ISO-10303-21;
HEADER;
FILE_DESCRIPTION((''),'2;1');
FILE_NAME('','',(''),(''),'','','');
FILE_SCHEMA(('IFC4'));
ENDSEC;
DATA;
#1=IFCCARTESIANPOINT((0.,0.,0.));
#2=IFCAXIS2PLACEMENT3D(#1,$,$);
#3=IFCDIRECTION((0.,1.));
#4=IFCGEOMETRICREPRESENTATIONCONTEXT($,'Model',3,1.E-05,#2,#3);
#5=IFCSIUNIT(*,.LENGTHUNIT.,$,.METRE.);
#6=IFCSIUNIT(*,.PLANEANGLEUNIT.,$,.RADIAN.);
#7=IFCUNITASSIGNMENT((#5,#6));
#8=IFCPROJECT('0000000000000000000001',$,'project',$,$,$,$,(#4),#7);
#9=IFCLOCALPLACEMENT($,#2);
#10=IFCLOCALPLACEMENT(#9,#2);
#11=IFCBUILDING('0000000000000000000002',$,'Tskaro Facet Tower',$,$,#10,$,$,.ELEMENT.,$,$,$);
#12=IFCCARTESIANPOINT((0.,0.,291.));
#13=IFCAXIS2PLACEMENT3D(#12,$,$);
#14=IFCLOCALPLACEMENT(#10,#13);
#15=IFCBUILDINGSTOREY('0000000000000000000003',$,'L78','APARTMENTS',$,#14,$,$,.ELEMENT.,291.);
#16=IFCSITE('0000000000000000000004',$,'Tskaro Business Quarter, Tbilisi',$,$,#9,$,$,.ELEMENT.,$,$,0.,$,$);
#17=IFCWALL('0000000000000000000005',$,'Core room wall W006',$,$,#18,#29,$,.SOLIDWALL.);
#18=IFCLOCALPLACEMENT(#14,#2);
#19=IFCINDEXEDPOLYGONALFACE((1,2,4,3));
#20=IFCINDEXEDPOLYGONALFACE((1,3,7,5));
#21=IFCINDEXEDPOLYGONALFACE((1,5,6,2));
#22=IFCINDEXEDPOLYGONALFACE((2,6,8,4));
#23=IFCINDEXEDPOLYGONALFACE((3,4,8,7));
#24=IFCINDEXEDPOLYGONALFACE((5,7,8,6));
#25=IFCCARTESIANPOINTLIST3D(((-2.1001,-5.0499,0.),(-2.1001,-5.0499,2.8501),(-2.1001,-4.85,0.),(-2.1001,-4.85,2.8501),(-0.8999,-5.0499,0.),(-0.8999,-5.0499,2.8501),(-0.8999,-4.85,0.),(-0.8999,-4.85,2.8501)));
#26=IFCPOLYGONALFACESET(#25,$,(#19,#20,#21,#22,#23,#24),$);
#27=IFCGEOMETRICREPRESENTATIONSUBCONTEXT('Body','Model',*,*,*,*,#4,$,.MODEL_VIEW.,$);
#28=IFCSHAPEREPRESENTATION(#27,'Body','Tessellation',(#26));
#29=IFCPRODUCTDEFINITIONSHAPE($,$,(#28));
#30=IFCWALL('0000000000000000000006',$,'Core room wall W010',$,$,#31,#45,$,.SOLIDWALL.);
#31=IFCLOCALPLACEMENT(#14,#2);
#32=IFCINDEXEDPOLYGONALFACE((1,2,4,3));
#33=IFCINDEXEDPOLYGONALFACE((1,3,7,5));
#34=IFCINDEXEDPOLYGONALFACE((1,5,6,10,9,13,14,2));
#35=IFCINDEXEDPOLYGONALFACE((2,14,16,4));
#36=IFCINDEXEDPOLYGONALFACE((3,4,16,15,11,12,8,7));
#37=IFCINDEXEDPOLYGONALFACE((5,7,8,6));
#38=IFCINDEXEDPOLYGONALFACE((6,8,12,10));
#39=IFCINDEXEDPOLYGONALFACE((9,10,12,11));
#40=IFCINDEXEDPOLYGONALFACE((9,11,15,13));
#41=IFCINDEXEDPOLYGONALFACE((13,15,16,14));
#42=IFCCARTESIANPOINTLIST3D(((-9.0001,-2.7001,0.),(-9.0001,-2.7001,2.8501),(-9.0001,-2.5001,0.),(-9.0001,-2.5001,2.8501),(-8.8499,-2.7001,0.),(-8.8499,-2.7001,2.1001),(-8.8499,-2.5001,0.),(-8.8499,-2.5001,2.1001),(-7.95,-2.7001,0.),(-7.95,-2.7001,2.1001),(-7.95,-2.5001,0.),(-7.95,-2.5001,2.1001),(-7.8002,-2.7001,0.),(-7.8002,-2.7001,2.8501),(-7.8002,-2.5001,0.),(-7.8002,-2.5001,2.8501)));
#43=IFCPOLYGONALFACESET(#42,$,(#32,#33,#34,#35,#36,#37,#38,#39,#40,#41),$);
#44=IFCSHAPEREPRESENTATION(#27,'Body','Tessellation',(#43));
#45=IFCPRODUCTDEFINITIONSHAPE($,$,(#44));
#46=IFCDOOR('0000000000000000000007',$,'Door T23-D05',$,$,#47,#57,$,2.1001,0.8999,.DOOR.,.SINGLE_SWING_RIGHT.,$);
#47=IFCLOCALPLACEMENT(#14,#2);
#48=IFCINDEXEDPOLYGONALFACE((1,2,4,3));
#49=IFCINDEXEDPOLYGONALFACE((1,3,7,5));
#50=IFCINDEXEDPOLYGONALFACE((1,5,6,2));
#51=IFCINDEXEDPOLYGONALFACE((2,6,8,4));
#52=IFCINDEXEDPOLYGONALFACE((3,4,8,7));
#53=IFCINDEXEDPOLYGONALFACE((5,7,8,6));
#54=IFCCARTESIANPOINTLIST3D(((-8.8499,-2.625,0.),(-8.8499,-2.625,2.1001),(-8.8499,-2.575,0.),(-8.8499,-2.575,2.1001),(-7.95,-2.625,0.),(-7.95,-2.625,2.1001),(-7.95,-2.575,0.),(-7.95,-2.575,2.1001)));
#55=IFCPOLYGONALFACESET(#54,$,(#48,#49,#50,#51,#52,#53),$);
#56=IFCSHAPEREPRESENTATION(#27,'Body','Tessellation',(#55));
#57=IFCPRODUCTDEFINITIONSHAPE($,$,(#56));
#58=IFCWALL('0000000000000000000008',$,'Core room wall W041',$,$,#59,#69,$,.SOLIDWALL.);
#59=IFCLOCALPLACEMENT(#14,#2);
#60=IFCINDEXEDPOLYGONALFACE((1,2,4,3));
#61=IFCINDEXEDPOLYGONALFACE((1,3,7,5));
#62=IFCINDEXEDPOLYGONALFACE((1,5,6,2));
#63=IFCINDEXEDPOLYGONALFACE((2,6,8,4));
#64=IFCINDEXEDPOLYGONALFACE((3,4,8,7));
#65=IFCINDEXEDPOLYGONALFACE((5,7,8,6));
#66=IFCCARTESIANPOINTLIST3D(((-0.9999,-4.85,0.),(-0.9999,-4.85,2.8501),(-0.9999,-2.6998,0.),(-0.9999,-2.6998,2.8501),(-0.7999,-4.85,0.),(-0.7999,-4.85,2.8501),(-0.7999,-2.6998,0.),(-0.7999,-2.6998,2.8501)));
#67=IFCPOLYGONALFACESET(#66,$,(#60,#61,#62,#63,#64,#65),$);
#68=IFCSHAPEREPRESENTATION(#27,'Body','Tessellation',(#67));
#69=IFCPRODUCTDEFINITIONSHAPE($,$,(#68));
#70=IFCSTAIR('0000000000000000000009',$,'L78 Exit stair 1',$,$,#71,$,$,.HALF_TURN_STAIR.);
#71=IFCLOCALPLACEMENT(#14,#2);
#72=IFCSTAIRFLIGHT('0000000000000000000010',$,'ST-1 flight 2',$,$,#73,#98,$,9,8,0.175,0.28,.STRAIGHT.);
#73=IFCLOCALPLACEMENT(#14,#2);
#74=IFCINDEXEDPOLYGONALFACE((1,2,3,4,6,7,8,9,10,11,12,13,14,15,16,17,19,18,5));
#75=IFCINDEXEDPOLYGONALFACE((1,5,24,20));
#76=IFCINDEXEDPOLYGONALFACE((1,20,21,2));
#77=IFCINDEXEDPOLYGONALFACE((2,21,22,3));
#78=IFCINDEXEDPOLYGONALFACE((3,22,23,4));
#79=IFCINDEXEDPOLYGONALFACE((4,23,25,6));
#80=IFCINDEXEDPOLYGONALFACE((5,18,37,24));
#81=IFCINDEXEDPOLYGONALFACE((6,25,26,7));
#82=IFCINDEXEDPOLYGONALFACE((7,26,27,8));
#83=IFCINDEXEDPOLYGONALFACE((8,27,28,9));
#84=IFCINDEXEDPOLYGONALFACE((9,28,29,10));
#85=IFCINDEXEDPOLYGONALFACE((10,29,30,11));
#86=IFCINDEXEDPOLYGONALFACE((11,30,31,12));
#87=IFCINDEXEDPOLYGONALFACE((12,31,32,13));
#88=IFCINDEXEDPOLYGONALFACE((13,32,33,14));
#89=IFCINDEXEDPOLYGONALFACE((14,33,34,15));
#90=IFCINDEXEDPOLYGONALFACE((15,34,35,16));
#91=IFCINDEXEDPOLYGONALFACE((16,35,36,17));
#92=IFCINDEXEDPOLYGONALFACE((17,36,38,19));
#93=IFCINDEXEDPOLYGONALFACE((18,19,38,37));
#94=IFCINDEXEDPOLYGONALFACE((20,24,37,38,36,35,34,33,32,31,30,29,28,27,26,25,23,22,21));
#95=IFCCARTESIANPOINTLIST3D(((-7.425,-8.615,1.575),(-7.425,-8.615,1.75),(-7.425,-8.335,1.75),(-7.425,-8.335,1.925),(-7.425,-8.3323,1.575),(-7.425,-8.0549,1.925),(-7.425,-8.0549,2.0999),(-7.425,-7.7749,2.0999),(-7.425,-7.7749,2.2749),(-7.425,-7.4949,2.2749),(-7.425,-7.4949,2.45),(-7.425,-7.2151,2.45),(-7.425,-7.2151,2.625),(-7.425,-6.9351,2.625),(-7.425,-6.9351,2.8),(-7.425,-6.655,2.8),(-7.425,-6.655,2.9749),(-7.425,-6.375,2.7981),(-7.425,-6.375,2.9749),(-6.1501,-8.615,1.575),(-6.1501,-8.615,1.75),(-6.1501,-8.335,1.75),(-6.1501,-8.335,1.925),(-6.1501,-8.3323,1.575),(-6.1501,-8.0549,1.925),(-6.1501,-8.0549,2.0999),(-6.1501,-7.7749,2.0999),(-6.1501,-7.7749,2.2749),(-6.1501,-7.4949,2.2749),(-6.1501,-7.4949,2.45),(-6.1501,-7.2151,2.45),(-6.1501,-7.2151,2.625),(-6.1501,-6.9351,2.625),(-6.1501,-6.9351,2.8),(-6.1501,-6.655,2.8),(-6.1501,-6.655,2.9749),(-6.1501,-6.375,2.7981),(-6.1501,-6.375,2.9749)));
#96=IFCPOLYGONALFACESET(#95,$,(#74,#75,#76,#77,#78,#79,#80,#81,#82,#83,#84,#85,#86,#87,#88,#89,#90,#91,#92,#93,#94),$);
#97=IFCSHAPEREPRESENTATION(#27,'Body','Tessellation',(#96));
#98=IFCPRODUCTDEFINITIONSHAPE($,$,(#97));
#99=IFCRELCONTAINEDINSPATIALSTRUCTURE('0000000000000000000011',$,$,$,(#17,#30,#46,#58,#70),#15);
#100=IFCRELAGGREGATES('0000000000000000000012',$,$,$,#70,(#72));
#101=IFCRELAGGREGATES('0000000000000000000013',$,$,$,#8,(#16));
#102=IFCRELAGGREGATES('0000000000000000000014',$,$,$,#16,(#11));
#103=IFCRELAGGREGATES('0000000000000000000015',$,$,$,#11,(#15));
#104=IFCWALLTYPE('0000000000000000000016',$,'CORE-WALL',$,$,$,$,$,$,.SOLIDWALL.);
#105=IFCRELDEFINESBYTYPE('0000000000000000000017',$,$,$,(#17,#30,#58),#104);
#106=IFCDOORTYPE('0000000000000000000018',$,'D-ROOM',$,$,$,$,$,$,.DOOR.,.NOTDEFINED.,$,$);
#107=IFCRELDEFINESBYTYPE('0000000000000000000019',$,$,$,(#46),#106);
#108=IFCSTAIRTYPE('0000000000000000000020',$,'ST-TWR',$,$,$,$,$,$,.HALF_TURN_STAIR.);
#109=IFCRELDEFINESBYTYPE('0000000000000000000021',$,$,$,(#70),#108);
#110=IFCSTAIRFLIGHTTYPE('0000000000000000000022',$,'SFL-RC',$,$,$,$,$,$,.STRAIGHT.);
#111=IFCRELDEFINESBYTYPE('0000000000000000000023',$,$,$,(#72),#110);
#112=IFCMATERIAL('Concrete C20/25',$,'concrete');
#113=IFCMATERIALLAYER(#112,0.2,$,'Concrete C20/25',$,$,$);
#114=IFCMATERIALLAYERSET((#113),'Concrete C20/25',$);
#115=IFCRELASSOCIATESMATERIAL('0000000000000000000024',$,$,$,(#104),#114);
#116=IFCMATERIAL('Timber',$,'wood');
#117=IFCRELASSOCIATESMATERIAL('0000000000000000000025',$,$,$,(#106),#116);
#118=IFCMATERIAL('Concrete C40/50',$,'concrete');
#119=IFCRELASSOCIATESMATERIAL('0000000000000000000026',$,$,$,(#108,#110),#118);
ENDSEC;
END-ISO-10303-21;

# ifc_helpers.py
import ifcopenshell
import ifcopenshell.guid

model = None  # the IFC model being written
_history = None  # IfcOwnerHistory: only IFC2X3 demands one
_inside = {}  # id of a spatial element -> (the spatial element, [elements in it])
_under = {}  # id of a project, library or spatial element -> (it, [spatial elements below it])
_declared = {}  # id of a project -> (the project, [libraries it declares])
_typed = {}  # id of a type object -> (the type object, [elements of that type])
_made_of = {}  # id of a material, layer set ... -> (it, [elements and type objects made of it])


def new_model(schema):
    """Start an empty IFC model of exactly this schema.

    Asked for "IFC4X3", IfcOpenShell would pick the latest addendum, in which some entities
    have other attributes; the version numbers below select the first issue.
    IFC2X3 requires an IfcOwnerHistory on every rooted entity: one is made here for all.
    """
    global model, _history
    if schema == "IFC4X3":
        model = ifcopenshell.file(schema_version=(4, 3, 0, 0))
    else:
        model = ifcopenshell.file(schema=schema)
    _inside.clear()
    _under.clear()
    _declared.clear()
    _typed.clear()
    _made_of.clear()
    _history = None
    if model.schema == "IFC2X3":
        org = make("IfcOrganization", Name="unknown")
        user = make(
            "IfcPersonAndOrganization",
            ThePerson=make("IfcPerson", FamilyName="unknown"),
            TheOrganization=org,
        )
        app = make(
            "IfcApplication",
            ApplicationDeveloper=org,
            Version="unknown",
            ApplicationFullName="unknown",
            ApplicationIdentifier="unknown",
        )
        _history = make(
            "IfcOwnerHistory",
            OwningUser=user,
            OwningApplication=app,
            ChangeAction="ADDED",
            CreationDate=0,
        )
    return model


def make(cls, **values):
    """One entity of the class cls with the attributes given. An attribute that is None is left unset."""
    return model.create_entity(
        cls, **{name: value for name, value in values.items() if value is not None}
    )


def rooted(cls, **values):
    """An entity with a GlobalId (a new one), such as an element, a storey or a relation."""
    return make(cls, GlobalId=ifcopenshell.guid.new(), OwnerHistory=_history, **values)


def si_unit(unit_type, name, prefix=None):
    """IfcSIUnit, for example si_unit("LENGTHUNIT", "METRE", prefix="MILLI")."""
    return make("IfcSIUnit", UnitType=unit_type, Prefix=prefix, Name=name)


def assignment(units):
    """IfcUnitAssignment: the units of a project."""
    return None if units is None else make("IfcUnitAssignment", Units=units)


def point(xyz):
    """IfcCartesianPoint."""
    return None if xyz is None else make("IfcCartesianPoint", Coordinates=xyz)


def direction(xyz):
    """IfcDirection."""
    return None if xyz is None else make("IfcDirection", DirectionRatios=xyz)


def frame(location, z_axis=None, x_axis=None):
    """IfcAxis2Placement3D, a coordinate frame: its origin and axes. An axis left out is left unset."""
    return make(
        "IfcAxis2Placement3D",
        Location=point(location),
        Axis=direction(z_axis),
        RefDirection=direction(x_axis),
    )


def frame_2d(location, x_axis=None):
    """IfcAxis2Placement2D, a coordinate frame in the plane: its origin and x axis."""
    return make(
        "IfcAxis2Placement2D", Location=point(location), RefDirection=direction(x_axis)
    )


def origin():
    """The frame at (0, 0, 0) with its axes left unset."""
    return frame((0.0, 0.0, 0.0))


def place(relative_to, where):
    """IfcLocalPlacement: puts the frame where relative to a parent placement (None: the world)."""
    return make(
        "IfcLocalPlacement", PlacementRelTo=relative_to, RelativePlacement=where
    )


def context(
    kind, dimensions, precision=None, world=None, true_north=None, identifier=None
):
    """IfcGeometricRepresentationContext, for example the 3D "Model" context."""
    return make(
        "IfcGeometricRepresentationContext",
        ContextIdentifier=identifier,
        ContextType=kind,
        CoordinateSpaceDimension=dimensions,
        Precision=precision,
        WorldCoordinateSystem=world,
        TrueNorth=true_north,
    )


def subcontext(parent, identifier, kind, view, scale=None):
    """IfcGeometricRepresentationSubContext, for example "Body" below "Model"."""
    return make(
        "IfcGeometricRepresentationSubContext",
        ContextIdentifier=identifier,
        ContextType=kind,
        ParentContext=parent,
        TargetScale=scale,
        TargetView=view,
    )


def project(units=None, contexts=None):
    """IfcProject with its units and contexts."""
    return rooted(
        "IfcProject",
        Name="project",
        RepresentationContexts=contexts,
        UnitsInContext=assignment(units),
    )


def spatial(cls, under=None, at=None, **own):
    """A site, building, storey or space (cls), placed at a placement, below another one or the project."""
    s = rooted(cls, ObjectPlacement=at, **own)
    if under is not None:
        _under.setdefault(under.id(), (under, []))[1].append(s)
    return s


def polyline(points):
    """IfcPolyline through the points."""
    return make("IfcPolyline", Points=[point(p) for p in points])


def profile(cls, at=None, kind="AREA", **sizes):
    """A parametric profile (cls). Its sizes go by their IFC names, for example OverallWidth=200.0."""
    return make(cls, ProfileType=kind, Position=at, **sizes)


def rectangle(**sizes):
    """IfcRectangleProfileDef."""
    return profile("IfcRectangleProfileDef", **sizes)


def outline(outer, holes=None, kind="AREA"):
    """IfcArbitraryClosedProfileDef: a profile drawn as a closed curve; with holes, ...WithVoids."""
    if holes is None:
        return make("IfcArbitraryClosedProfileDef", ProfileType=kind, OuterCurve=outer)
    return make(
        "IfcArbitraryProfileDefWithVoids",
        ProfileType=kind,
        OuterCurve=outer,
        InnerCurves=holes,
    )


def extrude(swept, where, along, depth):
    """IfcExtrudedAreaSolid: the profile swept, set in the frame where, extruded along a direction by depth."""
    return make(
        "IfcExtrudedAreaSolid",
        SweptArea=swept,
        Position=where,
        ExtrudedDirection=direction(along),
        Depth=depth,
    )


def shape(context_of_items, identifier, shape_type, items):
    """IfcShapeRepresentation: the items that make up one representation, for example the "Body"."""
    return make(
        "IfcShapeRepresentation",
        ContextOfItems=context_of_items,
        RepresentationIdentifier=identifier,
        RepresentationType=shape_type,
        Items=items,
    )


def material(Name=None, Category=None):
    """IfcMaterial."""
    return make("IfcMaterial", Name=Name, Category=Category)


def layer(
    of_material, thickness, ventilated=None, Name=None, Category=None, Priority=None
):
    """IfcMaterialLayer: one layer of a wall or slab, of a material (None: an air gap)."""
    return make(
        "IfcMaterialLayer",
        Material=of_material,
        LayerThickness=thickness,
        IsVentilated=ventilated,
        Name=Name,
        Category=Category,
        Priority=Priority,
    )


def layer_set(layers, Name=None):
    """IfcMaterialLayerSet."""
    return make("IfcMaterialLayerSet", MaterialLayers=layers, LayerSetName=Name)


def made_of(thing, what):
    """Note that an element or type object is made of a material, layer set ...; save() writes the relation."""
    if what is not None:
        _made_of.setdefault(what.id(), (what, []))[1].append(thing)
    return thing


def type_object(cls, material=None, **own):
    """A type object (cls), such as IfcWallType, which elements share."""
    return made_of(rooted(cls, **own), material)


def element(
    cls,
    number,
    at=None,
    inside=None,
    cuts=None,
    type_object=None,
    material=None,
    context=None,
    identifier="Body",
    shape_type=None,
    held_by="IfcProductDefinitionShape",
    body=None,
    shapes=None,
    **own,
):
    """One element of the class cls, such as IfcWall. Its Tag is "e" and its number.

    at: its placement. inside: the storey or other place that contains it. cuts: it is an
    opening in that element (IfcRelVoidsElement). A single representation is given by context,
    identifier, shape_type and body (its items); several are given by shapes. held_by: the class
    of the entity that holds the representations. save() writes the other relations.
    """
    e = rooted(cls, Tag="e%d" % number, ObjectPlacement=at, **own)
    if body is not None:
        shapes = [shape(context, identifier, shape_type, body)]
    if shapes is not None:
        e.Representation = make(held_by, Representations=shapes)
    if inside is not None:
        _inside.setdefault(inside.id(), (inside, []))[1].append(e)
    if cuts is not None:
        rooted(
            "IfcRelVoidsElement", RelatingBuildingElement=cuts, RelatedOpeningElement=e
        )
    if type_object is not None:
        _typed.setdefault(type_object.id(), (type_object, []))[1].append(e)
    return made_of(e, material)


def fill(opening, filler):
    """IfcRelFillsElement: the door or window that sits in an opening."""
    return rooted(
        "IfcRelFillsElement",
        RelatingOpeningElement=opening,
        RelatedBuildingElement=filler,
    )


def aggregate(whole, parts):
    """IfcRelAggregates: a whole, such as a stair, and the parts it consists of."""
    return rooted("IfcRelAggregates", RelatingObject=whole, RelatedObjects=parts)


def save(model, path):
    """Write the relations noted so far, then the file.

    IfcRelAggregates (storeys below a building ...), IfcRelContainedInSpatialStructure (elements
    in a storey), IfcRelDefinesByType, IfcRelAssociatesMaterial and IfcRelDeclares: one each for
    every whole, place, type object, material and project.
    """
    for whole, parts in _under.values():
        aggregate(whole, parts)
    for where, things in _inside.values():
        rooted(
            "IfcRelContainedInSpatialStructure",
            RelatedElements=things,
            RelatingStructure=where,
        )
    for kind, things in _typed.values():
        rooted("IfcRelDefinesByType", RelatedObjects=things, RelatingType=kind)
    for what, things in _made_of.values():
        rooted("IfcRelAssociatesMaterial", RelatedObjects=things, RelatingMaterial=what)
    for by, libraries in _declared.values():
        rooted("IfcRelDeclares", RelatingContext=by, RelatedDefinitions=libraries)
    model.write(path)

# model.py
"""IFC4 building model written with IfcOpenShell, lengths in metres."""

from ifc_helpers import new_model, si_unit, direction, frame, frame_2d, origin, place, context, subcontext, project, spatial, polyline, rectangle, outline, extrude, material, layer, layer_set, type_object, element, fill, aggregate, save


model = new_model("IFC4")

# Units and contexts
model_context = context("Model", 3, precision=1e-05, world=origin(), true_north=direction((0.0, 1.0)))
body_context = subcontext(model_context, "Body", "Model", "MODEL_VIEW")
ifc_project = project(units=[si_unit("LENGTHUNIT", "METRE"), si_unit("PLANEANGLEUNIT", "RADIAN")], contexts=[model_context])

# Site, building, storey
site_placement = place(None, origin())
site = spatial("IfcSite", under=ifc_project, at=site_placement, Name="Tskaro Business Quarter, Tbilisi", CompositionType="ELEMENT", RefElevation=0.0)
building_placement = place(site_placement, origin())
building = spatial("IfcBuilding", under=site, at=building_placement, Name="Tskaro Facet Tower", CompositionType="ELEMENT")
storey_placement = place(building_placement, frame((0.0, 0.0, 291.0)))
storey = spatial("IfcBuildingStorey", under=building, at=storey_placement, Name="L78", Description="APARTMENTS", CompositionType="ELEMENT", Elevation=291.0)

# Wall
ifc_material_1 = material(Name="Concrete C20/25", Category="concrete")
ifc_layer_1 = layer(ifc_material_1, 0.2, Name="Concrete C20/25")
ifc_layer_set_1 = layer_set([ifc_layer_1], Name="Concrete C20/25")
wall_type_1 = type_object("IfcWallType", Name="CORE-WALL", PredefinedType="SOLIDWALL", material=ifc_layer_set_1)
wall_1_placement = place(storey_placement, frame((-2.1001, -4.95, 0.0), z_axis=(0.0, 0.0, 1.0), x_axis=(1.0, 0.0, 0.0)))
element("IfcWall", 1, at=wall_1_placement, inside=storey, type_object=wall_type_1, Name="Core room wall W006", PredefinedType="SOLIDWALL", context=body_context, shape_type="SweptSolid", body=[
    extrude(rectangle(XDim=1.2002, YDim=0.2, at=frame_2d((0.6001, 0.0))), origin(), (0.0, 0.0, 1.0), 2.8501),
])

# Wall, opening, door
wall_2_placement = place(storey_placement, frame((-7.8, -2.6001, 0.0), z_axis=(0.0, 0.0, 1.0), x_axis=(-1.0, 0.0, 0.0)))
wall_2 = element("IfcWall", 2, at=wall_2_placement, inside=storey, type_object=wall_type_1, Name="Core room wall W010", PredefinedType="SOLIDWALL", context=body_context, shape_type="SweptSolid", body=[
    extrude(rectangle(XDim=1.2, YDim=0.2, at=frame_2d((0.6001, 0.0))), origin(), (0.0, 0.0, 1.0), 2.8501),
])
opening_1_placement = place(wall_2_placement, frame((0.1499, 0.0, 0.0)))
opening_1 = element("IfcOpeningElement", 3, at=opening_1_placement, cuts=wall_2, PredefinedType="OPENING", context=body_context, shape_type="SweptSolid", body=[
    extrude(rectangle(XDim=0.8999, YDim=2.1001, at=frame_2d((0.45, 1.05))), frame((0.0, 0.1099, 0.0), z_axis=(0.0, -1.0, 0.0), x_axis=(1.0, 0.0, 0.0)), (0.0, 0.0, 1.0), 0.22),
])
ifc_material_2 = material(Name="Timber", Category="wood")
door_type_1 = type_object("IfcDoorType", Name="D-ROOM", OperationType="NOTDEFINED", PredefinedType="DOOR", material=ifc_material_2)
door_1_placement = place(opening_1_placement, origin())
door_1 = element("IfcDoor", 4, at=door_1_placement, inside=storey, type_object=door_type_1, Name="Door T23-D05", OperationType="SINGLE_SWING_RIGHT", OverallHeight=2.1001, OverallWidth=0.8999, PredefinedType="DOOR", context=body_context, shape_type="SweptSolid", body=[
    extrude(rectangle(XDim=0.8999, YDim=2.1001, at=frame_2d((0.45, 1.05))), frame((0.0, 0.0249, 0.0), z_axis=(0.0, -1.0, 0.0), x_axis=(1.0, 0.0, 0.0)), (0.0, 0.0, 1.0), 0.05),
])
fill(opening_1, door_1)

# Wall
wall_3_placement = place(storey_placement, frame((-0.8999, -4.8501, 0.0), z_axis=(0.0, 0.0, 1.0), x_axis=(0.0, 1.0, 0.0)))
element("IfcWall", 5, at=wall_3_placement, inside=storey, type_object=wall_type_1, Name="Core room wall W041", PredefinedType="SOLIDWALL", context=body_context, shape_type="SweptSolid", body=[
    extrude(rectangle(XDim=2.1501, YDim=0.2, at=frame_2d((1.0752, 0.0))), origin(), (0.0, 0.0, 1.0), 2.8501),
])

# Stair, stair flight
ifc_material_3 = material(Name="Concrete C40/50", Category="concrete")
stair_type = type_object("IfcStairType", Name="ST-TWR", PredefinedType="HALF_TURN_STAIR", material=ifc_material_3)
stair_placement = place(storey_placement, origin())
stair = element("IfcStair", 6, at=stair_placement, inside=storey, type_object=stair_type, Name="L78 Exit stair 1", PredefinedType="HALF_TURN_STAIR")
stair_flight_type = type_object("IfcStairFlightType", Name="SFL-RC", PredefinedType="STRAIGHT", material=ifc_material_3)
stair_flight_placement = place(storey_placement, frame((-6.7876, -8.615, 1.575), z_axis=(0.0, 0.0, 1.0), x_axis=(0.0, 1.0, 0.0)))
stair_flight = element("IfcStairFlight", 7, at=stair_flight_placement, type_object=stair_flight_type, Name="ST-1 flight 2", NumberOfRisers=9, NumberOfTreads=8, PredefinedType="STRAIGHT", RiserHeight=0.175, TreadLength=0.28, context=body_context, shape_type="SweptSolid", body=[
    extrude(outline(polyline([(0.0, 0.0), (0.0, 0.175), (0.28, 0.175), (0.28, 0.3501), (0.5601, 0.3501), (0.5601, 0.5249), (0.8401, 0.5249), (0.8401, 0.7), (1.1201, 0.7), (1.1201, 0.875), (1.3999, 0.875), (1.3999, 1.05), (1.6799, 1.05), (1.6799, 1.2251), (1.96, 1.2251), (1.96, 1.3999), (2.24, 1.3999), (2.24, 1.575), (2.24, 1.2231), (0.2827, 0.0), (0.0, 0.0)])), frame((0.0, 0.6375, 0.0), z_axis=(0.0, -1.0, 0.0), x_axis=(1.0, 0.0, 0.0)), (0.0, 0.0, 1.0), 1.2749),
])
aggregate(stair, [stair_flight])

save(model, "model.ifc")
